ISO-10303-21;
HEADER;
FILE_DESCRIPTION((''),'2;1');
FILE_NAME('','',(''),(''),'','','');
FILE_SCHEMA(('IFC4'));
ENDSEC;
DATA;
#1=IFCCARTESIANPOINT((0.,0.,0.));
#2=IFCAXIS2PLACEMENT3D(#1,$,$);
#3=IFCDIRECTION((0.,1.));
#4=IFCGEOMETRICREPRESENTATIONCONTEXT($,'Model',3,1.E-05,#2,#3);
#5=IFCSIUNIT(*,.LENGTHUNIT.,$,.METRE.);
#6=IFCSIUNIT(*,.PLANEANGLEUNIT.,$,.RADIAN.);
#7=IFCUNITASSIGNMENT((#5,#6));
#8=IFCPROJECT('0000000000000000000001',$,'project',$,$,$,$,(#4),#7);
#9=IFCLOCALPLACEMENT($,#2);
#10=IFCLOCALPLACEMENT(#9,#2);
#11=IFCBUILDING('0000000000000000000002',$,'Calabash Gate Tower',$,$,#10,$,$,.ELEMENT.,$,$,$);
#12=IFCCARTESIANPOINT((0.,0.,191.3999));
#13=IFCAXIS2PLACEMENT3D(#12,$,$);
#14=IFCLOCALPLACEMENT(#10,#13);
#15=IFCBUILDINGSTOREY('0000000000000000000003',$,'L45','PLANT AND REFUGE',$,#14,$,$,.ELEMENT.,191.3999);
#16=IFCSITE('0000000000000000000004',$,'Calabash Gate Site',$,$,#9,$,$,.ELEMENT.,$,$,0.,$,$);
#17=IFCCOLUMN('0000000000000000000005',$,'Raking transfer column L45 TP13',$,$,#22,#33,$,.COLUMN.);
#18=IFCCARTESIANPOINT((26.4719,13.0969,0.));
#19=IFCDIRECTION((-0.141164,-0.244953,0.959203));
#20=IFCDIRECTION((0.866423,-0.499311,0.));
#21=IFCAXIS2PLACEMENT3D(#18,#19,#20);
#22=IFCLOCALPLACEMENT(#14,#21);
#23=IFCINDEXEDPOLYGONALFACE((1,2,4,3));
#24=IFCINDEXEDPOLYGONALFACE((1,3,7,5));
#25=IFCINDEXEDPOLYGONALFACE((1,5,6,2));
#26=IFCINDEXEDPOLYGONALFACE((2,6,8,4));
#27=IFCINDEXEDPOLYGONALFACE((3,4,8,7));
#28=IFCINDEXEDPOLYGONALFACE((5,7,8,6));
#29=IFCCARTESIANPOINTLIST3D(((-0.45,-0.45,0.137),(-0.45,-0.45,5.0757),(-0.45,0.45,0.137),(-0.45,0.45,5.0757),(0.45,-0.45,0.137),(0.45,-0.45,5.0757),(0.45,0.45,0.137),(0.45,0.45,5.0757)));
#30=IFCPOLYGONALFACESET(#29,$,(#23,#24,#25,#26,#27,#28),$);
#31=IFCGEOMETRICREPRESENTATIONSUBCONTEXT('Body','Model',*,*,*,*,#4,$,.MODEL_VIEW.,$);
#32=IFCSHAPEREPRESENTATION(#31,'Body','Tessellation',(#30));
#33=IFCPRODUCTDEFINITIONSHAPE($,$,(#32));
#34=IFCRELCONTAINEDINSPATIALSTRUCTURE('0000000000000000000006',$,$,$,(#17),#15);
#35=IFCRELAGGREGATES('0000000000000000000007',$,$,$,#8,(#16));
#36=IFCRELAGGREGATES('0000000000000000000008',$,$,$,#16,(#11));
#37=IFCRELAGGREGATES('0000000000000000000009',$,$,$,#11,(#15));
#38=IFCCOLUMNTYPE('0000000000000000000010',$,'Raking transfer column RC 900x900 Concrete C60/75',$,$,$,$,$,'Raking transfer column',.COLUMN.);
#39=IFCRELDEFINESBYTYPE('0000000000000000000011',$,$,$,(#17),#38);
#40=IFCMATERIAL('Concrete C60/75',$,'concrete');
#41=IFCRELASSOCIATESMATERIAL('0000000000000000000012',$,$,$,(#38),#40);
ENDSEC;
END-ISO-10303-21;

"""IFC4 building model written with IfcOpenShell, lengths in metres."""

from ifc_helpers import new_model, si_unit, direction, frame, origin, origin_2d, place, context, subcontext, project, spatial, rectangle, extrude, clip, halfspace, material, material_profile, profile_set, type_object, element, save


model = new_model("IFC4")

# Units and contexts
model_context = context("Model", 3, precision=1e-05, world=origin(), true_north=direction((0.0, 1.0)))
body_context = subcontext(model_context, "Body", "Model", "MODEL_VIEW")
ifc_project = project(units=[si_unit("LENGTHUNIT", "METRE"), si_unit("PLANEANGLEUNIT", "RADIAN")], contexts=[model_context])

# Site, building, storey
site_placement = place(None, origin())
site = spatial("IfcSite", under=ifc_project, at=site_placement, Name="Calabash Gate Site", CompositionType="ELEMENT", RefElevation=0.0)
building_placement = place(site_placement, origin())
building = spatial("IfcBuilding", under=site, at=building_placement, Name="Calabash Gate Tower", CompositionType="ELEMENT")
storey_placement = place(building_placement, frame((0.0, 0.0, 191.3999)))
storey = spatial("IfcBuildingStorey", under=building, at=storey_placement, Name="L45", Description="PLANT AND REFUGE", CompositionType="ELEMENT", Elevation=191.3999)

# Column
ifc_material_1 = material(Name="Concrete C60/75", Category="concrete")
ifc_material_profile_1 = material_profile(ifc_material_1, rectangle(XDim=0.8999, YDim=0.8999, at=origin_2d()))
ifc_profile_set_1 = profile_set([ifc_material_profile_1], Name="Concrete C60/75")
column_type_1 = type_object("IfcColumnType", Name="Raking transfer column RC 900x900 Concrete C60/75", ElementType="Raking transfer column", PredefinedType="COLUMN", material=ifc_profile_set_1)
column_1_placement = place(storey_placement, frame((26.4719, 13.0969, 0.0), z_axis=(-0.141164, -0.244953, 0.959203), x_axis=(0.866423, -0.499311, 0.0)))
element("IfcColumn", 1, at=column_1_placement, inside=storey, type_object=column_type_1, Name="Raking transfer column L45 TP13", PredefinedType="COLUMN", context=body_context, shape_type="Clipping", body=[
    clip(clip(extrude(rectangle(XDim=0.8999, YDim=0.8999, at=origin_2d()), origin(), (0.0, 0.0, 1.0), 5.2126), halfspace(frame((0.0, 0.0, 0.137), z_axis=(0.0, 0.0, 1.0), x_axis=(1.0, 0.0, 0.0)), True)), halfspace(frame((0.0, 0.0, 5.0757), z_axis=(0.0, 0.0, 1.0), x_axis=(1.0, 0.0, 0.0)), False)),
])

save(model, "model.ifc")
